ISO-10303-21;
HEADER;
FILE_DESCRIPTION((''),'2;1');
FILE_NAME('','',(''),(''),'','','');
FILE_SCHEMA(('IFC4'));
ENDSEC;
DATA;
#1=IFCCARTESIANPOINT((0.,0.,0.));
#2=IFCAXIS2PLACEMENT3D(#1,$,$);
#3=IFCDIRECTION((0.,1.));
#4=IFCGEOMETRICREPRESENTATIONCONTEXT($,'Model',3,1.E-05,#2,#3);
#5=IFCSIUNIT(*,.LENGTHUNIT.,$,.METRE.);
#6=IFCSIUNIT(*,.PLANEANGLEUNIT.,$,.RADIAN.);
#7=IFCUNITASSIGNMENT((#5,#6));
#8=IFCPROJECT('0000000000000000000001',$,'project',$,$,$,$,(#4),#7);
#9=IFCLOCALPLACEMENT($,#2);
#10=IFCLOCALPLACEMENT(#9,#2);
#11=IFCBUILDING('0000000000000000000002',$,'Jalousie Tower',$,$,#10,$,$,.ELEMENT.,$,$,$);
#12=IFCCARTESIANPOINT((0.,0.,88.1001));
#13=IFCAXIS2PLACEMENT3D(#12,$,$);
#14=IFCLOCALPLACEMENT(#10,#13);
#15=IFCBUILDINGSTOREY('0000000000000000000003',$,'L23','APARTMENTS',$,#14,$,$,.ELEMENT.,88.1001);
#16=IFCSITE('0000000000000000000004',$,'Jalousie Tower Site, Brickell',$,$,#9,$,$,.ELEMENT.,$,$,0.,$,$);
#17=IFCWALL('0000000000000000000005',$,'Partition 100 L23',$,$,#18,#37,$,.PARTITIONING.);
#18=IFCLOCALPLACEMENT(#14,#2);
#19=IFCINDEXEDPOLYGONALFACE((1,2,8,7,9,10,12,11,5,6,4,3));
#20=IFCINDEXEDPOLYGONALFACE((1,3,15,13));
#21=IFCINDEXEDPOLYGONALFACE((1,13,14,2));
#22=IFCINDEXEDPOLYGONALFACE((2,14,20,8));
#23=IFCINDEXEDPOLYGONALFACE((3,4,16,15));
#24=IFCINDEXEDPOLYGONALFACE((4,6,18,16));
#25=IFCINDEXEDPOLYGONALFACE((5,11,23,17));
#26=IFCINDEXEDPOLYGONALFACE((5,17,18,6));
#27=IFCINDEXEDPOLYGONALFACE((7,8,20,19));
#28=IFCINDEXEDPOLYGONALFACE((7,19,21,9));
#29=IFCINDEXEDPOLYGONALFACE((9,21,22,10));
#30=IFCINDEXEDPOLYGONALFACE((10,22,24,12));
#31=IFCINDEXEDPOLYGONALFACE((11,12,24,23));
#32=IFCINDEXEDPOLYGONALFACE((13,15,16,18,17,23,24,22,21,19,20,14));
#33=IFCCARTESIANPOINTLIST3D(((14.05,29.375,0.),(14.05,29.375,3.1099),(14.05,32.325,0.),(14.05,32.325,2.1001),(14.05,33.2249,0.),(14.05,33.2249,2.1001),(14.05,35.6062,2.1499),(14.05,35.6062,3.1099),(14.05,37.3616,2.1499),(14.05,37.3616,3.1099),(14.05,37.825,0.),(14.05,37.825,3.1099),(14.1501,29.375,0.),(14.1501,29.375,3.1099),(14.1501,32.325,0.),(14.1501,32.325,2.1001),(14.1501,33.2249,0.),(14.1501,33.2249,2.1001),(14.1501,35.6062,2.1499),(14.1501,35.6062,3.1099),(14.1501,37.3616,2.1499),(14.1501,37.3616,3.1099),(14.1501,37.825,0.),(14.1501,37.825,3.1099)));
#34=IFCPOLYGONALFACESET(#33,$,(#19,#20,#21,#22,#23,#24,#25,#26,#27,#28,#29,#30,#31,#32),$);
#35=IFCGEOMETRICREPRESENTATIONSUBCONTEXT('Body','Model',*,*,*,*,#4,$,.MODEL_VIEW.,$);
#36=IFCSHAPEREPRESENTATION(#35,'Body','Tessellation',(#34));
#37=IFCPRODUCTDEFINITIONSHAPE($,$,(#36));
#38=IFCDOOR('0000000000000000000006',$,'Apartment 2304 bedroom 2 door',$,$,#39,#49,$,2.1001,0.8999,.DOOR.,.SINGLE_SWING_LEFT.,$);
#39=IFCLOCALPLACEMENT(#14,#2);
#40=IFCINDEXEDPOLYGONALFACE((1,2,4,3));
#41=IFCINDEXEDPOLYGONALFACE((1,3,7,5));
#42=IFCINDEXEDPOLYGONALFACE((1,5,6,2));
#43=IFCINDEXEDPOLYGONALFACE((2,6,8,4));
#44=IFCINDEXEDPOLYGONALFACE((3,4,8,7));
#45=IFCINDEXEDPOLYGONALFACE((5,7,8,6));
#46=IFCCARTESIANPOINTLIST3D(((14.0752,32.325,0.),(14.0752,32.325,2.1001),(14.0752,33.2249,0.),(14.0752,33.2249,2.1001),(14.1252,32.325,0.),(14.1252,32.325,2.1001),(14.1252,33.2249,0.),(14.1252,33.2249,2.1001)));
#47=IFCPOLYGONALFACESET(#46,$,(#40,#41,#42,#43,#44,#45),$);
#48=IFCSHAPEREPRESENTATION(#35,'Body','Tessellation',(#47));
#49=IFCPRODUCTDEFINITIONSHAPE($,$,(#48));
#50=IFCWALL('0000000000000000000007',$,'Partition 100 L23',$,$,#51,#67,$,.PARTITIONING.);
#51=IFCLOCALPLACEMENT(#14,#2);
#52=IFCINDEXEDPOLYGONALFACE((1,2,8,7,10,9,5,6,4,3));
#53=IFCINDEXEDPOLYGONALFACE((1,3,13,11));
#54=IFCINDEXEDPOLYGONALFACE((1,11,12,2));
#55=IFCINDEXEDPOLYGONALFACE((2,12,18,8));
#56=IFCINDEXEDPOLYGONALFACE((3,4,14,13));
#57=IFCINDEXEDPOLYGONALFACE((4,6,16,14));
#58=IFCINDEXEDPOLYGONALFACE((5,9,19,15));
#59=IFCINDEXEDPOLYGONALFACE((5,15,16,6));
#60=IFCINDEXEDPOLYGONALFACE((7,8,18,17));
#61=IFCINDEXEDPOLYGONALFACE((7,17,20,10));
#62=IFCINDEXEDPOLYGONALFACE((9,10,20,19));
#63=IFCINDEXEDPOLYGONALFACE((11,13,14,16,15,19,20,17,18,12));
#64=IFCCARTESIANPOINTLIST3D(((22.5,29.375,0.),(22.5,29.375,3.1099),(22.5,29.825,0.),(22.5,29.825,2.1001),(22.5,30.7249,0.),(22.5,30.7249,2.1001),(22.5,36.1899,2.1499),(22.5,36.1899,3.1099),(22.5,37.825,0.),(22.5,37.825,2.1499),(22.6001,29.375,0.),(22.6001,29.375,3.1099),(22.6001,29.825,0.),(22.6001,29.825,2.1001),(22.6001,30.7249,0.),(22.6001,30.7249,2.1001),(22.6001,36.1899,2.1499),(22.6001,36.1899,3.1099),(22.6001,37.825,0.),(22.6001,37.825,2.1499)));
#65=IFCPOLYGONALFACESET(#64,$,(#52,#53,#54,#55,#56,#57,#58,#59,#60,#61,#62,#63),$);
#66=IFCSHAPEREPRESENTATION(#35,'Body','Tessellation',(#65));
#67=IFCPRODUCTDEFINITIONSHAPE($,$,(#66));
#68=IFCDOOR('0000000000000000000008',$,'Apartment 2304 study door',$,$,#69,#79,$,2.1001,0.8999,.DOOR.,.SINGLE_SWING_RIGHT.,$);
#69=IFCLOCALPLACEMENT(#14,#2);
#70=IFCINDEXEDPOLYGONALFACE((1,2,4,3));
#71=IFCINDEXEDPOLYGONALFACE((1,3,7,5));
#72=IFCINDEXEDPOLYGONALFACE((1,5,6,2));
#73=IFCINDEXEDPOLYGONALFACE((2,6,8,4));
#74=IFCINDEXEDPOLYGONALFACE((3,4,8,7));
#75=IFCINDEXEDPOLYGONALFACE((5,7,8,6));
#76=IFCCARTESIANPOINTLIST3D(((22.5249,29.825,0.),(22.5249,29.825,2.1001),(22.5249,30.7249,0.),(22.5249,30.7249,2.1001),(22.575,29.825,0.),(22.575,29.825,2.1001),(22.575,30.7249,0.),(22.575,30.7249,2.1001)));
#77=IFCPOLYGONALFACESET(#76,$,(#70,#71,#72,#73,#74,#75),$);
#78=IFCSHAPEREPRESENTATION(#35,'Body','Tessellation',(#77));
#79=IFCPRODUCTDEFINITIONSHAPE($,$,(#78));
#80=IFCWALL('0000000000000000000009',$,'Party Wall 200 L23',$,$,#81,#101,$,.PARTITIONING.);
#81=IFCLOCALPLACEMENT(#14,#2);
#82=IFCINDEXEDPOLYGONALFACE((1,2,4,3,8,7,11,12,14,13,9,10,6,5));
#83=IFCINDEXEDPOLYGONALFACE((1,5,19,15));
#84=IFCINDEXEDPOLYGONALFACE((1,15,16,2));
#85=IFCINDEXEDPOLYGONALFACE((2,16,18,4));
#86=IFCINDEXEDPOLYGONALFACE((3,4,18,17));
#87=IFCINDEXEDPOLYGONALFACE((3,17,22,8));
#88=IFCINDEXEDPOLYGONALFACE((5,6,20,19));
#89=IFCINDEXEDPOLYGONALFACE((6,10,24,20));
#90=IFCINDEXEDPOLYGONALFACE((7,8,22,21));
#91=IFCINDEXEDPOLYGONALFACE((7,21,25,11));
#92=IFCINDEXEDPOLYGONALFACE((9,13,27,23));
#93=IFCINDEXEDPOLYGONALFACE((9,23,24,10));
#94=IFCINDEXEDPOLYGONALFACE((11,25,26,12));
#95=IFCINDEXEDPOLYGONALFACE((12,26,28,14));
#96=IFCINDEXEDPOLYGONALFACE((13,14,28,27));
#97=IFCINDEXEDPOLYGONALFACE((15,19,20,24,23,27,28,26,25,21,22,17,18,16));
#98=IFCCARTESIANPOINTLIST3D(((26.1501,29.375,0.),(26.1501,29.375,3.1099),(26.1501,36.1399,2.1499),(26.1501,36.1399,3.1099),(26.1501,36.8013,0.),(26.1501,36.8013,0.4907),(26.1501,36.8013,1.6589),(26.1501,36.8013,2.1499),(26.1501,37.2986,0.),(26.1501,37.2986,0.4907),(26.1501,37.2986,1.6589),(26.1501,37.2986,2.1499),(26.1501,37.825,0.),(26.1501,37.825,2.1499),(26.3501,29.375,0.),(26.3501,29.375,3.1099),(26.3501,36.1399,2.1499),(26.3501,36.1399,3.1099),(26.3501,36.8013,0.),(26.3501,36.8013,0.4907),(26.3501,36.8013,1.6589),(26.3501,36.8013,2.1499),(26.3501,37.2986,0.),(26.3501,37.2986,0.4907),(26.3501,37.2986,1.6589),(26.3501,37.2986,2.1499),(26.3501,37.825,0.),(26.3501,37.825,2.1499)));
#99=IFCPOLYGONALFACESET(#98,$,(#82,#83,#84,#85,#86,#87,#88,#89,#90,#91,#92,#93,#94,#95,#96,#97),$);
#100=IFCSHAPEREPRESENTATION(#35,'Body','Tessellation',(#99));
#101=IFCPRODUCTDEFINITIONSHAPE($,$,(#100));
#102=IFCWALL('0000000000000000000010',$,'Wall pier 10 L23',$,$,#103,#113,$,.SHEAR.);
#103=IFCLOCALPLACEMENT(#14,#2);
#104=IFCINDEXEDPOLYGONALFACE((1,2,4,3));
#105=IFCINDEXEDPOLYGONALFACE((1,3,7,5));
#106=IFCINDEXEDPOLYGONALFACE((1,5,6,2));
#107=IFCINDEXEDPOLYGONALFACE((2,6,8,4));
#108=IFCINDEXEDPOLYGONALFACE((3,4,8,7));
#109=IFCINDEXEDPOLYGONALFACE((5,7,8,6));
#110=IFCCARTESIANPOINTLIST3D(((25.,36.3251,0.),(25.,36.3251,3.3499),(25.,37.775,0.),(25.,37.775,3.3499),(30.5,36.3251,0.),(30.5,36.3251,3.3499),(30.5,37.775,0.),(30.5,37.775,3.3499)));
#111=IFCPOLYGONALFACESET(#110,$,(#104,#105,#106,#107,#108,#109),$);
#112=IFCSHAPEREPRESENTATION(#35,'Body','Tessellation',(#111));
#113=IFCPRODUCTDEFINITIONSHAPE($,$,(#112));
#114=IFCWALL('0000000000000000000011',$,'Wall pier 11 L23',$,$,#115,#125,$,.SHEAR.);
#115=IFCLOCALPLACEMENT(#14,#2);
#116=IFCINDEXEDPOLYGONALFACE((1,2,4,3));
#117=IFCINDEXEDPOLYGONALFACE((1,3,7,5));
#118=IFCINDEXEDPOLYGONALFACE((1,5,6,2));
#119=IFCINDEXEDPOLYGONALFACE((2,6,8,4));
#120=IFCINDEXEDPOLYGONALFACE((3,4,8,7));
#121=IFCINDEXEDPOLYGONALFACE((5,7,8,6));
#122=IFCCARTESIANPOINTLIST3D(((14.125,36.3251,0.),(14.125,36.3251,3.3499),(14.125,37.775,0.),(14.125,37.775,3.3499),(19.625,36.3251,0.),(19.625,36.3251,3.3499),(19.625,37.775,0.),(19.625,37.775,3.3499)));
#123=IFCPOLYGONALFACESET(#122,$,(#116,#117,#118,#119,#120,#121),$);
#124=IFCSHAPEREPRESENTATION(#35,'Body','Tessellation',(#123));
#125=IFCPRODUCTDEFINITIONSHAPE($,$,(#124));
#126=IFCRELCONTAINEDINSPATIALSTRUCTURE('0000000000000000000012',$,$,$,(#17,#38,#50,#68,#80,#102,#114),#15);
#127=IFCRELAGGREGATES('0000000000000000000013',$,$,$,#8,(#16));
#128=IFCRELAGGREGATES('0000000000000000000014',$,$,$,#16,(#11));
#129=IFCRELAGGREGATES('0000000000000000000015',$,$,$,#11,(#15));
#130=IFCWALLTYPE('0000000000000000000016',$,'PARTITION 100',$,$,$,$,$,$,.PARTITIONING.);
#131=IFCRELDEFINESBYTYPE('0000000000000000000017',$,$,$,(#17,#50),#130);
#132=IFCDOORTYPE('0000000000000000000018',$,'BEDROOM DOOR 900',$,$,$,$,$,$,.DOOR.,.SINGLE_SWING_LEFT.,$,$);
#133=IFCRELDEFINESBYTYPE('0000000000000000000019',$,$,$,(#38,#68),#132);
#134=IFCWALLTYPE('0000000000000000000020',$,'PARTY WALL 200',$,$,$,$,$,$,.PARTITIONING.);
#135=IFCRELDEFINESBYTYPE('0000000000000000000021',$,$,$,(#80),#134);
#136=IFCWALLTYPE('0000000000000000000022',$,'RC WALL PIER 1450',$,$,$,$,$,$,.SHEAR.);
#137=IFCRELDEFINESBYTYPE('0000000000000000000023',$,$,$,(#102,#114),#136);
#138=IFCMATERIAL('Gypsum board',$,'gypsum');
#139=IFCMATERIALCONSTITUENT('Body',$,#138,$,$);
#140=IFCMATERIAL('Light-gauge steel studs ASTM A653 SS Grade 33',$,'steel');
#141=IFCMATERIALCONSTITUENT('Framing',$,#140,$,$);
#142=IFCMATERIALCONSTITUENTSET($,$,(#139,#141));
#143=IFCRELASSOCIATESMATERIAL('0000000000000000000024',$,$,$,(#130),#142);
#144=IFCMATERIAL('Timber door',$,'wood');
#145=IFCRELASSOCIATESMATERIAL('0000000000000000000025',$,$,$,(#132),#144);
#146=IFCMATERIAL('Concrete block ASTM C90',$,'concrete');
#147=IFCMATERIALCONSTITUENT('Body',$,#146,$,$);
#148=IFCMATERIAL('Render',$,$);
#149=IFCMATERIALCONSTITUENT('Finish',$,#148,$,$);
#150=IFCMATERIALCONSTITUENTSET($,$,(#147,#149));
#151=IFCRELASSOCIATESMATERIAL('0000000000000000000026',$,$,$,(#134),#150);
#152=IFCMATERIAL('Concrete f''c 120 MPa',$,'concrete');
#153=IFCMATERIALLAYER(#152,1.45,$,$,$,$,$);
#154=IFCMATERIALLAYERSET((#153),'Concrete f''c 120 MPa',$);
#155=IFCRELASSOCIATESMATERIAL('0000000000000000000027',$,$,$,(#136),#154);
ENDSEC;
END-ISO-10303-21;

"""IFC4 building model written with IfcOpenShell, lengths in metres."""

from ifc_helpers import new_model, si_unit, direction, frame, frame_2d, origin, place, context, subcontext, project, spatial, polyline, rectangle, outline, extrude, material, layer, layer_set, constituent, constituent_set, type_object, element, fill, save


model = new_model("IFC4")

# Units and contexts
model_context = context("Model", 3, precision=1e-05, world=origin(), true_north=direction((0.0, 1.0)))
body_context = subcontext(model_context, "Body", "Model", "MODEL_VIEW")
ifc_project = project(units=[si_unit("LENGTHUNIT", "METRE"), si_unit("PLANEANGLEUNIT", "RADIAN")], contexts=[model_context])

# Site, building, storey
site_placement = place(None, origin())
site = spatial("IfcSite", under=ifc_project, at=site_placement, Name="Jalousie Tower Site, Brickell", CompositionType="ELEMENT", RefElevation=0.0)
building_placement = place(site_placement, origin())
building = spatial("IfcBuilding", under=site, at=building_placement, Name="Jalousie Tower", CompositionType="ELEMENT")
storey_placement = place(building_placement, frame((0.0, 0.0, 88.1001)))
storey = spatial("IfcBuildingStorey", under=building, at=storey_placement, Name="L23", Description="APARTMENTS", CompositionType="ELEMENT", Elevation=88.1001)

# Walls, openings, doors
ifc_material_1 = material(Name="Gypsum board", Category="gypsum")
ifc_constituent_1 = constituent(ifc_material_1, Name="Body")
ifc_material_2 = material(Name="Light-gauge steel studs ASTM A653 SS Grade 33", Category="steel")
ifc_constituent_2 = constituent(ifc_material_2, Name="Framing")
ifc_constituent_set_1 = constituent_set(constituents=[ifc_constituent_1, ifc_constituent_2])
wall_type_1 = type_object("IfcWallType", Name="PARTITION 100", PredefinedType="PARTITIONING", material=ifc_constituent_set_1)
wall_1_placement = place(storey_placement, frame((14.1001, 37.825, 0.0), z_axis=(0.0, 0.0, 1.0), x_axis=(0.0, -1.0, 0.0)))
wall_1 = element("IfcWall", 1, at=wall_1_placement, inside=storey, type_object=wall_type_1, Name="Partition 100 L23", PredefinedType="PARTITIONING", context=body_context, shape_type="SweptSolid", body=[
    extrude(outline(polyline([(0.0, 0.0), (8.45, 0.0), (8.45, 3.1099), (2.2188, 3.1099), (2.2188, 2.1499), (0.4634, 2.1499), (0.4634, 3.1099), (0.0, 3.1099), (0.0, 0.0)])), frame((0.0, 0.05, 0.0), z_axis=(0.0, -1.0, 0.0), x_axis=(1.0, 0.0, 0.0)), (0.0, 0.0, 1.0), 0.1001),
])
opening_1_placement = place(wall_1_placement, frame((4.6001, 0.0, 0.0)))
opening_1 = element("IfcOpeningElement", 2, at=opening_1_placement, cuts=wall_1, PredefinedType="OPENING", context=body_context, shape_type="SweptSolid", body=[
    extrude(rectangle(XDim=0.8999, YDim=2.1001, at=frame_2d((0.45, 1.05))), frame((0.0, 0.0601, 0.0), z_axis=(0.0, -1.0, 0.0), x_axis=(1.0, 0.0, 0.0)), (0.0, 0.0, 1.0), 0.1201),
])
ifc_material_3 = material(Name="Timber door", Category="wood")
door_type = type_object("IfcDoorType", Name="BEDROOM DOOR 900", OperationType="SINGLE_SWING_LEFT", PredefinedType="DOOR", material=ifc_material_3)
door_1_placement = place(opening_1_placement, frame((0.8999, 0.0, 0.0), z_axis=(0.0, 0.0, 1.0), x_axis=(-1.0, 0.0, 0.0)))
door_1 = element("IfcDoor", 3, at=door_1_placement, inside=storey, type_object=door_type, Name="Apartment 2304 bedroom 2 door", OperationType="SINGLE_SWING_LEFT", OverallHeight=2.1001, OverallWidth=0.8999, PredefinedType="DOOR", context=body_context, shape_type="SweptSolid", body=[
    extrude(rectangle(XDim=0.8999, YDim=2.1001, at=frame_2d((0.45, 1.05))), frame((0.0, 0.0249, 0.0), z_axis=(0.0, -1.0, 0.0), x_axis=(1.0, 0.0, 0.0)), (0.0, 0.0, 1.0), 0.05),
])
fill(opening_1, door_1)
wall_2_placement = place(storey_placement, frame((22.55, 37.825, 0.0), z_axis=(0.0, 0.0, 1.0), x_axis=(0.0, -1.0, 0.0)))
wall_2 = element("IfcWall", 4, at=wall_2_placement, inside=storey, type_object=wall_type_1, Name="Partition 100 L23", PredefinedType="PARTITIONING", context=body_context, shape_type="SweptSolid", body=[
    extrude(outline(polyline([(0.0, 0.0), (8.45, 0.0), (8.45, 3.1099), (1.635, 3.1099), (1.635, 2.1499), (0.0, 2.1499), (0.0, 3.1099), (0.0, 0.0)])), frame((0.0, 0.05, 0.0), z_axis=(0.0, -1.0, 0.0), x_axis=(1.0, 0.0, 0.0)), (0.0, 0.0, 1.0), 0.1001),
])
opening_2_placement = place(wall_2_placement, frame((7.1001, 0.0, 0.0)))
opening_2 = element("IfcOpeningElement", 5, at=opening_2_placement, cuts=wall_2, PredefinedType="OPENING", context=body_context, shape_type="SweptSolid", body=[
    extrude(rectangle(XDim=0.8999, YDim=2.1001, at=frame_2d((0.45, 1.05))), frame((0.0, 0.0601, 0.0), z_axis=(0.0, -1.0, 0.0), x_axis=(1.0, 0.0, 0.0)), (0.0, 0.0, 1.0), 0.1201),
])
door_2_placement = place(opening_2_placement, origin())
door_2 = element("IfcDoor", 6, at=door_2_placement, inside=storey, type_object=door_type, Name="Apartment 2304 study door", OperationType="SINGLE_SWING_RIGHT", OverallHeight=2.1001, OverallWidth=0.8999, PredefinedType="DOOR", context=body_context, shape_type="SweptSolid", body=[
    extrude(rectangle(XDim=0.8999, YDim=2.1001, at=frame_2d((0.45, 1.05))), frame((0.0, 0.0249, 0.0), z_axis=(0.0, -1.0, 0.0), x_axis=(1.0, 0.0, 0.0)), (0.0, 0.0, 1.0), 0.05),
])
fill(opening_2, door_2)

# Walls
ifc_material_4 = material(Name="Concrete block ASTM C90", Category="concrete")
ifc_constituent_3 = constituent(ifc_material_4, Name="Body")
ifc_material_5 = material(Name="Render")
ifc_constituent_4 = constituent(ifc_material_5, Name="Finish")
ifc_constituent_set_2 = constituent_set(constituents=[ifc_constituent_3, ifc_constituent_4])
wall_type_2 = type_object("IfcWallType", Name="PARTY WALL 200", PredefinedType="PARTITIONING", material=ifc_constituent_set_2)
wall_3_placement = place(storey_placement, frame((26.25, 37.825, 0.0), z_axis=(0.0, 0.0, 1.0), x_axis=(0.0, -1.0, 0.0)))
element("IfcWall", 7, at=wall_3_placement, inside=storey, type_object=wall_type_2, Name="Party Wall 200 L23", PredefinedType="PARTITIONING", context=body_context, shape_type="SweptSolid", body=[
    extrude(outline(polyline([(0.5264, 2.1499), (0.0, 2.1499), (0.0, 0.0), (0.5264, 0.0), (0.5264, 0.4907), (1.0237, 0.4907), (1.0237, 0.0), (8.45, 0.0), (8.45, 3.1099), (1.6851, 3.1099), (1.6851, 2.1499), (1.0237, 2.1499), (1.0237, 1.6589), (0.5264, 1.6589), (0.5264, 2.1499)])), frame((0.0, 0.1001, 0.0), z_axis=(0.0, -1.0, 0.0), x_axis=(1.0, 0.0, 0.0)), (0.0, 0.0, 1.0), 0.2),
])
ifc_material_6 = material(Name="Concrete f'c 120 MPa", Category="concrete")
ifc_layer_1 = layer(ifc_material_6, 1.45)
ifc_layer_set_1 = layer_set([ifc_layer_1], Name="Concrete f'c 120 MPa")
wall_type_3 = type_object("IfcWallType", Name="RC WALL PIER 1450", PredefinedType="SHEAR", material=ifc_layer_set_1)
for number, where, z_axis, x_axis, name in (
    (8, (25.0, 37.05, 0.0), (0.0, 0.0, 1.0), (1.0, 0.0, 0.0), "Wall pier 10 L23"),
    (9, (14.125, 37.05, 0.0), (0.0, 0.0, 1.0), (1.0, 0.0, 0.0), "Wall pier 11 L23"),
):
    element("IfcWall", number, at=place(storey_placement, frame(where, z_axis=z_axis, x_axis=x_axis)), inside=storey, type_object=wall_type_3, Name=name, PredefinedType="SHEAR", context=body_context, shape_type="SweptSolid", body=[
        extrude(rectangle(XDim=5.5, YDim=1.45, at=frame_2d((2.75, 0.0))), origin(), (0.0, 0.0, 1.0), 3.3499),
    ])

save(model, "model.ifc")
